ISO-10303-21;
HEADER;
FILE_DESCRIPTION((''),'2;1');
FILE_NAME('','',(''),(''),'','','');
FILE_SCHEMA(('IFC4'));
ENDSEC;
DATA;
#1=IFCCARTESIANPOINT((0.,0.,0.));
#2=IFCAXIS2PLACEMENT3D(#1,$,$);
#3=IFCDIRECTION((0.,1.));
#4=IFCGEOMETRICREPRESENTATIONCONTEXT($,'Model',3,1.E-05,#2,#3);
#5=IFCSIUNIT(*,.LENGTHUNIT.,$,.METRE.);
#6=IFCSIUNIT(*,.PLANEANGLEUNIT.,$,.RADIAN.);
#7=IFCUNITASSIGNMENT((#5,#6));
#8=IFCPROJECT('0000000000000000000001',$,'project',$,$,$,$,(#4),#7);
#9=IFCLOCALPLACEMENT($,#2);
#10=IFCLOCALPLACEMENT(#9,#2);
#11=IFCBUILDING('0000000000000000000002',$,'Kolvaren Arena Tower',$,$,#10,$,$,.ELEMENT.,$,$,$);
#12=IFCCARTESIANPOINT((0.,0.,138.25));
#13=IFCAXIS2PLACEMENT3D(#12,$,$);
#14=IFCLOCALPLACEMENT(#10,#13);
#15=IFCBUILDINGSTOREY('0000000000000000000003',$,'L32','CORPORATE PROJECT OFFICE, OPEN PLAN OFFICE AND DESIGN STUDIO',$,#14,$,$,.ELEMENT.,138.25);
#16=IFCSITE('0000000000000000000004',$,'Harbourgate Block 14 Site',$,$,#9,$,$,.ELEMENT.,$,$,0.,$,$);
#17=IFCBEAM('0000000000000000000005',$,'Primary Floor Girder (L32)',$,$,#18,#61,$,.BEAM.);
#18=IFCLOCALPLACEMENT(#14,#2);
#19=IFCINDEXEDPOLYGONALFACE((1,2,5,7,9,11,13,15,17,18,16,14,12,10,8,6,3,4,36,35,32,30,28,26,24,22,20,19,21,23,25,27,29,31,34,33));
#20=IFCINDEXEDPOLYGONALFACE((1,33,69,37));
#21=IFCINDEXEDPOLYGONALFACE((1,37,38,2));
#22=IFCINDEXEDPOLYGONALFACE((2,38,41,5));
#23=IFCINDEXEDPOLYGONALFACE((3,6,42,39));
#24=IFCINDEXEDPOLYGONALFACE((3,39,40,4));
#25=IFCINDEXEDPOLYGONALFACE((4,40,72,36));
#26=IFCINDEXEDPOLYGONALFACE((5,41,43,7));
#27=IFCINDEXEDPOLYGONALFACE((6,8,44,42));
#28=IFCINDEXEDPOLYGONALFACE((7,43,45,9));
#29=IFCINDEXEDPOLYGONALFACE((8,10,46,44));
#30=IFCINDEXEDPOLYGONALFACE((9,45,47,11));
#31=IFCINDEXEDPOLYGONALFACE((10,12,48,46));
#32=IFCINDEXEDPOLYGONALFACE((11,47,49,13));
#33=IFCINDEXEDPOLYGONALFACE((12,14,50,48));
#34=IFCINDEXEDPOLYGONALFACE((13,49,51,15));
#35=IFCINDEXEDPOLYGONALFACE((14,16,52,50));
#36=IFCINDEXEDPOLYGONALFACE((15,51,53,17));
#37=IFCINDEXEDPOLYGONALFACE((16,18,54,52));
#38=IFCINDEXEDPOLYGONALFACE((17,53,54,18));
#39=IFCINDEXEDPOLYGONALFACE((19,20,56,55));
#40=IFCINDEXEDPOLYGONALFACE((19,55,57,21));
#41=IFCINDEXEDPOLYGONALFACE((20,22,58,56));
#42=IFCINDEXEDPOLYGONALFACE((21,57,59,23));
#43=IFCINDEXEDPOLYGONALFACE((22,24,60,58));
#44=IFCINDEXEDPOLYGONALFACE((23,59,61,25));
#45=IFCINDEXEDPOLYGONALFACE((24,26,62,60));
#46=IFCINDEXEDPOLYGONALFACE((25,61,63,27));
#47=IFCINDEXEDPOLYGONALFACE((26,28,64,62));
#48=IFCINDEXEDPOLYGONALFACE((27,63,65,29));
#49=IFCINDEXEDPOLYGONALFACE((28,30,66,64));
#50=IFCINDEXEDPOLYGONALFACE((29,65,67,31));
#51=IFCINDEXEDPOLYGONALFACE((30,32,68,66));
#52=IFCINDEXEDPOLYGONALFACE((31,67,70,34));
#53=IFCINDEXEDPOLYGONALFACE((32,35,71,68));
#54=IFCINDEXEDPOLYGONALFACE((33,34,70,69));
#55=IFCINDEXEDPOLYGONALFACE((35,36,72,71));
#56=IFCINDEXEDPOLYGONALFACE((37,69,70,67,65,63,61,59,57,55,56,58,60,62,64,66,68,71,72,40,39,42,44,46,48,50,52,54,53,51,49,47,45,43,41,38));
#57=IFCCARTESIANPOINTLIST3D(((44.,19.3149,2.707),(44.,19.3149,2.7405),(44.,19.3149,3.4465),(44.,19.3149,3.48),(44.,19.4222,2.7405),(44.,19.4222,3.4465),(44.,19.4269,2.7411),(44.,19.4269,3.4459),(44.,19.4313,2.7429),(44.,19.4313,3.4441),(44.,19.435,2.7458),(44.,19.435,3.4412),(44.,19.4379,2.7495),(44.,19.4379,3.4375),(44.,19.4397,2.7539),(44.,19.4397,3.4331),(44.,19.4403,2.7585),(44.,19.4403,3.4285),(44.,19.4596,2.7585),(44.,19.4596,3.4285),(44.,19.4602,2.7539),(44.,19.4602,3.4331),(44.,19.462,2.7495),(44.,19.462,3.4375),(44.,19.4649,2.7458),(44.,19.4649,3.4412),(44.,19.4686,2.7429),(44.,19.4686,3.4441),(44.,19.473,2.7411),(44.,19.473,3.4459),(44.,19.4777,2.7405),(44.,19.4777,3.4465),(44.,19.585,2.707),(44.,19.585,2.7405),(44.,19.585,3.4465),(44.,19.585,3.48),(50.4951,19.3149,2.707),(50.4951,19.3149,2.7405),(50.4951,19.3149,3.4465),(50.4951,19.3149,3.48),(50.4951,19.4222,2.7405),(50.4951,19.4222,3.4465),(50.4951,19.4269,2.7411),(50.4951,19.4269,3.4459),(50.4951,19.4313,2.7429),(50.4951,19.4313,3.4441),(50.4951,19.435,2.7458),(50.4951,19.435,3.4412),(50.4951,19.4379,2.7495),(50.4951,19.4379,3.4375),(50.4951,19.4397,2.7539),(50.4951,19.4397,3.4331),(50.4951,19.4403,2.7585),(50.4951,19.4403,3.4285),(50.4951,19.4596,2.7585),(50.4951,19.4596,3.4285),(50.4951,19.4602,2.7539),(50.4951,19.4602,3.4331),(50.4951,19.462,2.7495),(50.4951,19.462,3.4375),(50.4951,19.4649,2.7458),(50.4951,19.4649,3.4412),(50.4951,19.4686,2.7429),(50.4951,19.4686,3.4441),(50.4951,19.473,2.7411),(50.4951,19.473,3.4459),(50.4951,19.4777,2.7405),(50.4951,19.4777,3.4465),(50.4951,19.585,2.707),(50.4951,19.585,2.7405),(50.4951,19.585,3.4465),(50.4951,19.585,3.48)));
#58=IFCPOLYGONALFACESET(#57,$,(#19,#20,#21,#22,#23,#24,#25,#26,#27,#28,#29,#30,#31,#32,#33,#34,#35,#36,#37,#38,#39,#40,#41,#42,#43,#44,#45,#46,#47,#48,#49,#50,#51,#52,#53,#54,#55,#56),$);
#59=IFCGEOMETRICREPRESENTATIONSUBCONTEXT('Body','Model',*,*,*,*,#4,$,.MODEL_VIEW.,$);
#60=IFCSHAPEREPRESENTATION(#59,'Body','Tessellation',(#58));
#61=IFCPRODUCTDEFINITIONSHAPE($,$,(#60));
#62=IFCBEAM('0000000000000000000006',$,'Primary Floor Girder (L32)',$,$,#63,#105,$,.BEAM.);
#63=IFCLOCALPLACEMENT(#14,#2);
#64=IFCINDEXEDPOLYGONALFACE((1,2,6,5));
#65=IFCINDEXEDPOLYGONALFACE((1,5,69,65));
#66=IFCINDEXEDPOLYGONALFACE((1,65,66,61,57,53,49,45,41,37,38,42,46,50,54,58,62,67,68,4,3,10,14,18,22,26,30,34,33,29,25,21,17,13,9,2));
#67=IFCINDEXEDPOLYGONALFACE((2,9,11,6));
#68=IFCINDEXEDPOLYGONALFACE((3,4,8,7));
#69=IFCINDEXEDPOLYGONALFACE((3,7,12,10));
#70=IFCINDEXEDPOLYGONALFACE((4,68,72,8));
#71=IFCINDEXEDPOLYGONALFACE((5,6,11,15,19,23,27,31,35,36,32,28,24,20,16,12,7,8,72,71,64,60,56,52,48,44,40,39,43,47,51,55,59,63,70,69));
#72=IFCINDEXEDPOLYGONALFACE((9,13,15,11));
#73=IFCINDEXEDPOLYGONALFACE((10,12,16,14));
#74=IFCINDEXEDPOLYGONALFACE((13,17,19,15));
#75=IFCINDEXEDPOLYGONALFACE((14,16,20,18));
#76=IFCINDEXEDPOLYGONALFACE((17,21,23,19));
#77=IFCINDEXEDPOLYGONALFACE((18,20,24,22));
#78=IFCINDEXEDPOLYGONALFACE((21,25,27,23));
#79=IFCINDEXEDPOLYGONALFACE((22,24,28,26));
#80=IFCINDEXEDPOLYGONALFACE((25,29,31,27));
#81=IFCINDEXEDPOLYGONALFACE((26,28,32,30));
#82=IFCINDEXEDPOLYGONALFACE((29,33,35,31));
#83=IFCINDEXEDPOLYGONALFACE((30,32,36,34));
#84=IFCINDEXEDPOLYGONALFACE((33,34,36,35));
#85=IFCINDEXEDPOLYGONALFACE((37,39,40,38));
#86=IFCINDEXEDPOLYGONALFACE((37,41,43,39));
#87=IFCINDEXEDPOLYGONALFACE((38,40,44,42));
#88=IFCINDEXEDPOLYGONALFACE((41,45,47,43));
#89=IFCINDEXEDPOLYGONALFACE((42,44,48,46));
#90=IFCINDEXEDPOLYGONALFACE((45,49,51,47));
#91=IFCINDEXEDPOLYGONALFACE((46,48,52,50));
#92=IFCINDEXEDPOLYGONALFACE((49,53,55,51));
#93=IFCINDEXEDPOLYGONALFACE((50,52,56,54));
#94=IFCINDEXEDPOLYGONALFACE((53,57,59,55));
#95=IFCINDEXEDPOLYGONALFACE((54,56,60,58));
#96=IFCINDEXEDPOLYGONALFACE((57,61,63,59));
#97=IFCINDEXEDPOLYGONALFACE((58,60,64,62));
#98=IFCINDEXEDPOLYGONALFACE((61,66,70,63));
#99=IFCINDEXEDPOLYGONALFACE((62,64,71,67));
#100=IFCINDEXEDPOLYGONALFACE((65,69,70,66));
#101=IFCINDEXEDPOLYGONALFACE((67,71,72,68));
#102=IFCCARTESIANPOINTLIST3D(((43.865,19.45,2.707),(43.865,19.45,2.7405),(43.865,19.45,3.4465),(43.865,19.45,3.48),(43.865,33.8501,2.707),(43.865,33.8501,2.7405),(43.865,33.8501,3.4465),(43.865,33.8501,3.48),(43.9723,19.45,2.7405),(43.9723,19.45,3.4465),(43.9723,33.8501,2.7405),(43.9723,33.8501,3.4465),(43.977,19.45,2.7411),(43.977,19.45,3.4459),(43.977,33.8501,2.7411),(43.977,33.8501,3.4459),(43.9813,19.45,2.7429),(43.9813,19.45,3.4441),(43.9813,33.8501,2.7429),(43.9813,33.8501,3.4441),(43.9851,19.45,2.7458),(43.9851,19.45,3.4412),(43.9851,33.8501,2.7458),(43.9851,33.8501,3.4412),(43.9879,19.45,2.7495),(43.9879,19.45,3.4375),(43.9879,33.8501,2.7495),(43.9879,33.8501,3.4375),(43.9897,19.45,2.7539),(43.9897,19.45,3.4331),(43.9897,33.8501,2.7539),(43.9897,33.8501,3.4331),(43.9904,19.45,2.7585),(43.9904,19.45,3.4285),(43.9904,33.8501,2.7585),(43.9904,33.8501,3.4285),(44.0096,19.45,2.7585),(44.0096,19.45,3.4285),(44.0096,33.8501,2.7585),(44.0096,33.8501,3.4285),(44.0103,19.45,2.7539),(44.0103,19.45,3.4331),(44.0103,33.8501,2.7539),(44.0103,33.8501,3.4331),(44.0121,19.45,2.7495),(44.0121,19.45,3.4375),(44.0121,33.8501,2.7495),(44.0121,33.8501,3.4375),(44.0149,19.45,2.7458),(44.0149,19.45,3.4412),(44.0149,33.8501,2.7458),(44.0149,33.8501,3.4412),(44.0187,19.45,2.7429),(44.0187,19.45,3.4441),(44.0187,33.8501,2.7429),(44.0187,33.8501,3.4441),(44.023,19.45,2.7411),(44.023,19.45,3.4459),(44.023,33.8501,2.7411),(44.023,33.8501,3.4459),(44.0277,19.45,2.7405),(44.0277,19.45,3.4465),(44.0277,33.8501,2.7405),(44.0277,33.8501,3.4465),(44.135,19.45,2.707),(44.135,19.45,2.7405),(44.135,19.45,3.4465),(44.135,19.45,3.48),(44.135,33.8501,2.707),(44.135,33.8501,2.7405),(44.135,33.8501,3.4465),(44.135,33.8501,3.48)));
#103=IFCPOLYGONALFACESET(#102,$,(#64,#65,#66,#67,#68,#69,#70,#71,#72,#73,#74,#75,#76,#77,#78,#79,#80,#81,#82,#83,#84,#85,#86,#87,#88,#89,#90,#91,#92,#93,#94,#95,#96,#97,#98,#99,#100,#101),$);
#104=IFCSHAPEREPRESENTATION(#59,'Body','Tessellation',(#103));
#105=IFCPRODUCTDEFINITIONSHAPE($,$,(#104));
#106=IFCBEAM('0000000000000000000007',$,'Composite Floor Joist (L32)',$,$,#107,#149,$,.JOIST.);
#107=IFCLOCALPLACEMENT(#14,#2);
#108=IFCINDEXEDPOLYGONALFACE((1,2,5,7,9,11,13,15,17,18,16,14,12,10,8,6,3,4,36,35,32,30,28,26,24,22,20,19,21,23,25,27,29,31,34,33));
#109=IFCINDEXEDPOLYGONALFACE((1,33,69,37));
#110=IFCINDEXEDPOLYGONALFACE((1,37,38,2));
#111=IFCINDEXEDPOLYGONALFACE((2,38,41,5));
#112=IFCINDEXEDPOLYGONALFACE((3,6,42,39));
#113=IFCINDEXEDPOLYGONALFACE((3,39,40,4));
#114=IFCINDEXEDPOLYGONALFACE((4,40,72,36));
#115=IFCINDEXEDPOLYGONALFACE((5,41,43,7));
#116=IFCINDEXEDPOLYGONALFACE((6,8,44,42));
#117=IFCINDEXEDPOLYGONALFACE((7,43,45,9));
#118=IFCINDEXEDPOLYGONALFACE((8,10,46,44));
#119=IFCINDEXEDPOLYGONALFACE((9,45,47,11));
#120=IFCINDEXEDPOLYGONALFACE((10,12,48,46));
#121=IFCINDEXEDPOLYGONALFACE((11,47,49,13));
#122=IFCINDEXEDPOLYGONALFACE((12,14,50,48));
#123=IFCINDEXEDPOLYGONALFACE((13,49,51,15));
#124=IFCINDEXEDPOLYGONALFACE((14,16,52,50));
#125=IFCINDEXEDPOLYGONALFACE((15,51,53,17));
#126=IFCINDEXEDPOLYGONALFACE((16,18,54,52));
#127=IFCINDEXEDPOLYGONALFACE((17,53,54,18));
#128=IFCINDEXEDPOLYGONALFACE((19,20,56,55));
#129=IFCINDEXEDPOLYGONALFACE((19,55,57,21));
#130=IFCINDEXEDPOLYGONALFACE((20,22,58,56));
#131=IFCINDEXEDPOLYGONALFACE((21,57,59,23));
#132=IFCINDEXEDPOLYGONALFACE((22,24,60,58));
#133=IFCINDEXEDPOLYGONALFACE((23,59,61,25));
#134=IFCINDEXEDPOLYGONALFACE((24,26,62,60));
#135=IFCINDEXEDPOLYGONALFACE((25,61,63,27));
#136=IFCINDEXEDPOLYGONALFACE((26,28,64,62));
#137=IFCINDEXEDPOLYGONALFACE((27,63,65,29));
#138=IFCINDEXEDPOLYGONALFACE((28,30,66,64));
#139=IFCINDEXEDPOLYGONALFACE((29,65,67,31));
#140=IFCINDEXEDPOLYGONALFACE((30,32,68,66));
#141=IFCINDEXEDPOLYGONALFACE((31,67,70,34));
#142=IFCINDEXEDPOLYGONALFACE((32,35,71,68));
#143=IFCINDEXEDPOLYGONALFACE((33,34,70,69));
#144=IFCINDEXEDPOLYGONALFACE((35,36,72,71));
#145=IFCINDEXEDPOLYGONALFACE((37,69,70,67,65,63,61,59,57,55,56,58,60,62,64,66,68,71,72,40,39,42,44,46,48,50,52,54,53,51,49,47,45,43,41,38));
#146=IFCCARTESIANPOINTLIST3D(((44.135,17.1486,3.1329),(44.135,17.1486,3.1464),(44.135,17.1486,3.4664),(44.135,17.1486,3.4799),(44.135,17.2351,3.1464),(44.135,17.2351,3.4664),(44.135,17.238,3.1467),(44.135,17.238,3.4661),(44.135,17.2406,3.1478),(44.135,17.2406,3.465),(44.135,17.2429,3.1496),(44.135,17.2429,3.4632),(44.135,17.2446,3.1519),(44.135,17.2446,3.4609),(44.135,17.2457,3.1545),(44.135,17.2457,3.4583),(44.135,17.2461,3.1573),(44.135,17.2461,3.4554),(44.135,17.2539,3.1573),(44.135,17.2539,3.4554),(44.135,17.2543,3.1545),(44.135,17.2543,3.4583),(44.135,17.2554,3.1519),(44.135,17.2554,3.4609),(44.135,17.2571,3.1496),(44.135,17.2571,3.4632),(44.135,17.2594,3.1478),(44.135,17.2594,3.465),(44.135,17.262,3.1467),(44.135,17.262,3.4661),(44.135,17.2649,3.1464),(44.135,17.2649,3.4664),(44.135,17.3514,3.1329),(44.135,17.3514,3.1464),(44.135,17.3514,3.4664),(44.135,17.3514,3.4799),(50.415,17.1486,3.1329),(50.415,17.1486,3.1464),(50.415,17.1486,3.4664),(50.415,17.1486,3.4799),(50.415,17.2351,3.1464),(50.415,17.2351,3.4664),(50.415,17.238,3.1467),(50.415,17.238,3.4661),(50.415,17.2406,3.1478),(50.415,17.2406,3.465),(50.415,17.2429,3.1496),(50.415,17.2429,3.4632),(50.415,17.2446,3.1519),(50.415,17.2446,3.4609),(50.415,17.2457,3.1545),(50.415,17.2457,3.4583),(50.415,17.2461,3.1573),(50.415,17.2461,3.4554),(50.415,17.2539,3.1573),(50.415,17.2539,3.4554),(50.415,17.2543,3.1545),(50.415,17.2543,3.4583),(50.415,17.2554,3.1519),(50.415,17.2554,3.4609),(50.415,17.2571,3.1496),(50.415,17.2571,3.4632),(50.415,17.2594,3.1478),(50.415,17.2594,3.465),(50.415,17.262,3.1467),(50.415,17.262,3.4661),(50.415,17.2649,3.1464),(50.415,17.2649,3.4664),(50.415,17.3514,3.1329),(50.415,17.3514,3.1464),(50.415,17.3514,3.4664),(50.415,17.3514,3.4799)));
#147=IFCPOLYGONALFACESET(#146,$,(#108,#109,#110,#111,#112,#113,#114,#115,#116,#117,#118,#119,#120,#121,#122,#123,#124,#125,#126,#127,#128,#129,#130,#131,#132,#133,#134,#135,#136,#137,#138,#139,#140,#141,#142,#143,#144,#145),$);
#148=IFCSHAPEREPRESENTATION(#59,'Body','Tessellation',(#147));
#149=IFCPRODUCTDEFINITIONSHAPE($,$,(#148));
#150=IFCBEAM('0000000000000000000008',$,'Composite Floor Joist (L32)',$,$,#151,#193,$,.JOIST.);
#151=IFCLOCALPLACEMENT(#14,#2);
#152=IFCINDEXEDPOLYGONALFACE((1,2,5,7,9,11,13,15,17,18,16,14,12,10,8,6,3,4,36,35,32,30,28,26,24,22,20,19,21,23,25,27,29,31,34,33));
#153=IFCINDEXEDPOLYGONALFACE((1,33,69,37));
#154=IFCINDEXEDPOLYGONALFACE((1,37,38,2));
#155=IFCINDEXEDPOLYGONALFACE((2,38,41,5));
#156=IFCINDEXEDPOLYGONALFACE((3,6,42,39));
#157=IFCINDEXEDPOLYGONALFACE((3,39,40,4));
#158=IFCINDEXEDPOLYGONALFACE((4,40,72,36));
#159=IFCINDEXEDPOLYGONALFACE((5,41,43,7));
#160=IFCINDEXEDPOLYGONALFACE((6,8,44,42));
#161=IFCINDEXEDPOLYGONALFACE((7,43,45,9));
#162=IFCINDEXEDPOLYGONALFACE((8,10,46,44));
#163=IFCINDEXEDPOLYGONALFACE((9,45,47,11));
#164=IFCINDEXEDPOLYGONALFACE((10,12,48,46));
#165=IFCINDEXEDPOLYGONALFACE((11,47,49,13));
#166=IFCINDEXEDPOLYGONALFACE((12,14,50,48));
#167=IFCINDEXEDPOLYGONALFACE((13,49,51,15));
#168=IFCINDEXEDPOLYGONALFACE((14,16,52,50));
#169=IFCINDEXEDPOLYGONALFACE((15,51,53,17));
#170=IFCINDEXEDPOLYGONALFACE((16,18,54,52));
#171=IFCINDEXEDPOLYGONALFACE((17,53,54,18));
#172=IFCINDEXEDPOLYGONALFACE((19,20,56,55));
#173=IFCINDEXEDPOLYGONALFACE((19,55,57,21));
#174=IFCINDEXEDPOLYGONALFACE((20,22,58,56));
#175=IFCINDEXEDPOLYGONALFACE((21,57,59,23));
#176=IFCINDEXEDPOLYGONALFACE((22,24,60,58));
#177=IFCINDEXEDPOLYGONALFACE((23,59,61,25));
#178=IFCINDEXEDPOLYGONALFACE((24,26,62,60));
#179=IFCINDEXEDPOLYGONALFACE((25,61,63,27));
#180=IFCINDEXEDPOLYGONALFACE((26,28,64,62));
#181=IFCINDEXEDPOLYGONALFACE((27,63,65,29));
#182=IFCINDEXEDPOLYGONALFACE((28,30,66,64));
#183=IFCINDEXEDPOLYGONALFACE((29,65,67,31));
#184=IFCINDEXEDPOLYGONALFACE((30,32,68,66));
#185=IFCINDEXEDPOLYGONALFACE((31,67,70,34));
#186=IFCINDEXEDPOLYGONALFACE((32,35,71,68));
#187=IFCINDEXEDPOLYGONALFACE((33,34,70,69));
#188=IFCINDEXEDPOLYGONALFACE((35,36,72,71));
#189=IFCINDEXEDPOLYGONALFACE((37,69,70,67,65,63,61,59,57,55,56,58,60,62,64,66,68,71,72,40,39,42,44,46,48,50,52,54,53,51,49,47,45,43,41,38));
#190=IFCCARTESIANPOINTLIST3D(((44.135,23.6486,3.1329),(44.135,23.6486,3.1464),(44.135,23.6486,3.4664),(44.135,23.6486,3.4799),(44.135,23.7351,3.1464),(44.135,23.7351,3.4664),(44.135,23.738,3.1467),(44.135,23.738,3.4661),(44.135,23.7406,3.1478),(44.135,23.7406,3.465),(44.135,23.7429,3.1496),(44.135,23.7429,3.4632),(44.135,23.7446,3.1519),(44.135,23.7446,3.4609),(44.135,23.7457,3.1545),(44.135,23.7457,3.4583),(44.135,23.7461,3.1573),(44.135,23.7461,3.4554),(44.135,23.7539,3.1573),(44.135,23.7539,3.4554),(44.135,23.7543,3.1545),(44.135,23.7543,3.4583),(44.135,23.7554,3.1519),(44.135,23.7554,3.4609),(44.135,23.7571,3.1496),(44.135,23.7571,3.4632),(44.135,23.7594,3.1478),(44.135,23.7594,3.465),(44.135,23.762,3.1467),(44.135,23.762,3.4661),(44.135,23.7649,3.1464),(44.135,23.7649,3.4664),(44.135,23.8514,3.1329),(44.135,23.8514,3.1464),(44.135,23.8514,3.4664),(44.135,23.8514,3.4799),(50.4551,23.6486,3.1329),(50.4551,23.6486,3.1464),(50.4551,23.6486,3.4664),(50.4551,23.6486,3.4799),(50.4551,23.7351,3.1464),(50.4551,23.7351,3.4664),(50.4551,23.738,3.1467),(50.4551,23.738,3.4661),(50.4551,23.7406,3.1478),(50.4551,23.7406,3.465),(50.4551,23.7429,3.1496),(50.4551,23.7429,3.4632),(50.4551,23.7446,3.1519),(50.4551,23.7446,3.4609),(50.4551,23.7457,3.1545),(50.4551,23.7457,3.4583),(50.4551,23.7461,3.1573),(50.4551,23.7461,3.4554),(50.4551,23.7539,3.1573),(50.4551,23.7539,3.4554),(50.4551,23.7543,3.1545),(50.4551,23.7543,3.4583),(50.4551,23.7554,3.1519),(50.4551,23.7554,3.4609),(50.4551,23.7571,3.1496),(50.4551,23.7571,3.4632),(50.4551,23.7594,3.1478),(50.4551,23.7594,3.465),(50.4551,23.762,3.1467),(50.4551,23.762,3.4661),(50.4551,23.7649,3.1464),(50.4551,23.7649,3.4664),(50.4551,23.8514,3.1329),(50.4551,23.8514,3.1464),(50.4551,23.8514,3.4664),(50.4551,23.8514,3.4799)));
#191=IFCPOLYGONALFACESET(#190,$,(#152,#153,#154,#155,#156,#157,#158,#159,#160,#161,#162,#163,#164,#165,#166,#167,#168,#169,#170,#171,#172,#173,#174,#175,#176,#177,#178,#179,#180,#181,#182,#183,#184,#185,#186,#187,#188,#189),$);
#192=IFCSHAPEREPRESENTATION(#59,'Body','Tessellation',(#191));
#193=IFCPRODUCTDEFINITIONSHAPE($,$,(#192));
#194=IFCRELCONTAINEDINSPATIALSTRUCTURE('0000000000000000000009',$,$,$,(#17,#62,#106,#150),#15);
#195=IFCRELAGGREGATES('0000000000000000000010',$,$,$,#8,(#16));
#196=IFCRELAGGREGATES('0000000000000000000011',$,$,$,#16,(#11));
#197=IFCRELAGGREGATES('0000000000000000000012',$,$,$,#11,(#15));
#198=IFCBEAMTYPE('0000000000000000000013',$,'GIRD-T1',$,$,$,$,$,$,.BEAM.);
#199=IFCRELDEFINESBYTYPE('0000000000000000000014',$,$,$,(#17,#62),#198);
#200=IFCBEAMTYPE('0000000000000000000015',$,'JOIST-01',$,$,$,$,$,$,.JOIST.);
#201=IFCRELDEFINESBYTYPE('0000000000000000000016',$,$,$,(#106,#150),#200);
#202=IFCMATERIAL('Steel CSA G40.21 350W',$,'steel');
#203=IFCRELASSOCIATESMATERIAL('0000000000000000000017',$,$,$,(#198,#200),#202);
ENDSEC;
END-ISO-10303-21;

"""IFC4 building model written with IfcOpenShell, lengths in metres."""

from ifc_helpers import new_model, si_unit, direction, frame, origin, origin_2d, place, context, subcontext, project, spatial, i_section, extrude, material, material_profile, profile_set, type_object, element, save


model = new_model("IFC4")

# Units and contexts
model_context = context("Model", 3, precision=1e-05, world=origin(), true_north=direction((0.0, 1.0)))
body_context = subcontext(model_context, "Body", "Model", "MODEL_VIEW")
ifc_project = project(units=[si_unit("LENGTHUNIT", "METRE"), si_unit("PLANEANGLEUNIT", "RADIAN")], contexts=[model_context])

# Site, building, storey
site_placement = place(None, origin())
site = spatial("IfcSite", under=ifc_project, at=site_placement, Name="Harbourgate Block 14 Site", CompositionType="ELEMENT", RefElevation=0.0)
building_placement = place(site_placement, origin())
building = spatial("IfcBuilding", under=site, at=building_placement, Name="Kolvaren Arena Tower", CompositionType="ELEMENT")
storey_placement = place(building_placement, frame((0.0, 0.0, 138.25)))
storey = spatial("IfcBuildingStorey", under=building, at=storey_placement, Name="L32", Description="CORPORATE PROJECT OFFICE, OPEN PLAN OFFICE AND DESIGN STUDIO", CompositionType="ELEMENT", Elevation=138.25)

# Beams
ifc_material_1 = material(Name="Steel CSA G40.21 350W", Category="steel")
ifc_material_profile_1 = material_profile(ifc_material_1, i_section(OverallWidth=0.27, OverallDepth=0.7729, WebThickness=0.0193, FlangeThickness=0.0334, FilletRadius=0.0181, at=origin_2d()), Name="W760x257")
ifc_profile_set_1 = profile_set([ifc_material_profile_1], Name="Steel CSA G40.21 350W")
beam_type_1 = type_object("IfcBeamType", Name="GIRD-T1", PredefinedType="BEAM", material=ifc_profile_set_1)
beam_1_placement = place(storey_placement, frame((44.0, 19.45, 3.0935), z_axis=(1.0, 0.0, 0.0), x_axis=(0.0, 1.0, 0.0)))
element("IfcBeam", 1, at=beam_1_placement, inside=storey, type_object=beam_type_1, Name="Primary Floor Girder (L32)", PredefinedType="BEAM", context=body_context, shape_type="SweptSolid", body=[
    extrude(i_section(OverallWidth=0.27, OverallDepth=0.7729, WebThickness=0.0193, FlangeThickness=0.0334, FilletRadius=0.0181, at=origin_2d()), origin(), (0.0, 0.0, 1.0), 6.4951),
])
beam_2_placement = place(storey_placement, frame((44.0, 19.45, 3.0935), z_axis=(0.0, 1.0, 0.0), x_axis=(-1.0, 0.0, 0.0)))
element("IfcBeam", 2, at=beam_2_placement, inside=storey, type_object=beam_type_1, Name="Primary Floor Girder (L32)", PredefinedType="BEAM", context=body_context, shape_type="SweptSolid", body=[
    extrude(i_section(OverallWidth=0.27, OverallDepth=0.7729, WebThickness=0.0193, FlangeThickness=0.0334, FilletRadius=0.0181, at=origin_2d()), origin(), (0.0, 0.0, 1.0), 14.4001),
])
ifc_material_profile_2 = material_profile(ifc_material_1, i_section(OverallWidth=0.2029, OverallDepth=0.3469, WebThickness=0.0078, FlangeThickness=0.0134, FilletRadius=0.011, at=origin_2d()), Name="W360x64")
ifc_profile_set_2 = profile_set([ifc_material_profile_2], Name="Steel CSA G40.21 350W")
beam_type_2 = type_object("IfcBeamType", Name="JOIST-01", PredefinedType="JOIST", material=ifc_profile_set_2)
beam_3_placement = place(storey_placement, frame((44.135, 17.25, 3.3064), z_axis=(1.0, 0.0, 0.0), x_axis=(0.0, 1.0, 0.0)))
element("IfcBeam", 3, at=beam_3_placement, inside=storey, type_object=beam_type_2, Name="Composite Floor Joist (L32)", PredefinedType="JOIST", context=body_context, shape_type="SweptSolid", body=[
    extrude(i_section(OverallWidth=0.2029, OverallDepth=0.3469, WebThickness=0.0078, FlangeThickness=0.0134, FilletRadius=0.011, at=origin_2d()), origin(), (0.0, 0.0, 1.0), 6.28),
])
for number, where, z_axis, x_axis, name in (
    (4, (44.135, 23.75, 3.3064), (1.0, 0.0, 0.0), (0.0, 1.0, 0.0), "Composite Floor Joist (L32)"),
):
    element("IfcBeam", number, at=place(storey_placement, frame(where, z_axis=z_axis, x_axis=x_axis)), inside=storey, type_object=beam_type_2, Name=name, PredefinedType="JOIST", context=body_context, shape_type="SweptSolid", body=[
        extrude(i_section(OverallWidth=0.2029, OverallDepth=0.3469, WebThickness=0.0078, FlangeThickness=0.0134, FilletRadius=0.011, at=origin_2d()), origin(), (0.0, 0.0, 1.0), 6.3201),
    ])

save(model, "model.ifc")
